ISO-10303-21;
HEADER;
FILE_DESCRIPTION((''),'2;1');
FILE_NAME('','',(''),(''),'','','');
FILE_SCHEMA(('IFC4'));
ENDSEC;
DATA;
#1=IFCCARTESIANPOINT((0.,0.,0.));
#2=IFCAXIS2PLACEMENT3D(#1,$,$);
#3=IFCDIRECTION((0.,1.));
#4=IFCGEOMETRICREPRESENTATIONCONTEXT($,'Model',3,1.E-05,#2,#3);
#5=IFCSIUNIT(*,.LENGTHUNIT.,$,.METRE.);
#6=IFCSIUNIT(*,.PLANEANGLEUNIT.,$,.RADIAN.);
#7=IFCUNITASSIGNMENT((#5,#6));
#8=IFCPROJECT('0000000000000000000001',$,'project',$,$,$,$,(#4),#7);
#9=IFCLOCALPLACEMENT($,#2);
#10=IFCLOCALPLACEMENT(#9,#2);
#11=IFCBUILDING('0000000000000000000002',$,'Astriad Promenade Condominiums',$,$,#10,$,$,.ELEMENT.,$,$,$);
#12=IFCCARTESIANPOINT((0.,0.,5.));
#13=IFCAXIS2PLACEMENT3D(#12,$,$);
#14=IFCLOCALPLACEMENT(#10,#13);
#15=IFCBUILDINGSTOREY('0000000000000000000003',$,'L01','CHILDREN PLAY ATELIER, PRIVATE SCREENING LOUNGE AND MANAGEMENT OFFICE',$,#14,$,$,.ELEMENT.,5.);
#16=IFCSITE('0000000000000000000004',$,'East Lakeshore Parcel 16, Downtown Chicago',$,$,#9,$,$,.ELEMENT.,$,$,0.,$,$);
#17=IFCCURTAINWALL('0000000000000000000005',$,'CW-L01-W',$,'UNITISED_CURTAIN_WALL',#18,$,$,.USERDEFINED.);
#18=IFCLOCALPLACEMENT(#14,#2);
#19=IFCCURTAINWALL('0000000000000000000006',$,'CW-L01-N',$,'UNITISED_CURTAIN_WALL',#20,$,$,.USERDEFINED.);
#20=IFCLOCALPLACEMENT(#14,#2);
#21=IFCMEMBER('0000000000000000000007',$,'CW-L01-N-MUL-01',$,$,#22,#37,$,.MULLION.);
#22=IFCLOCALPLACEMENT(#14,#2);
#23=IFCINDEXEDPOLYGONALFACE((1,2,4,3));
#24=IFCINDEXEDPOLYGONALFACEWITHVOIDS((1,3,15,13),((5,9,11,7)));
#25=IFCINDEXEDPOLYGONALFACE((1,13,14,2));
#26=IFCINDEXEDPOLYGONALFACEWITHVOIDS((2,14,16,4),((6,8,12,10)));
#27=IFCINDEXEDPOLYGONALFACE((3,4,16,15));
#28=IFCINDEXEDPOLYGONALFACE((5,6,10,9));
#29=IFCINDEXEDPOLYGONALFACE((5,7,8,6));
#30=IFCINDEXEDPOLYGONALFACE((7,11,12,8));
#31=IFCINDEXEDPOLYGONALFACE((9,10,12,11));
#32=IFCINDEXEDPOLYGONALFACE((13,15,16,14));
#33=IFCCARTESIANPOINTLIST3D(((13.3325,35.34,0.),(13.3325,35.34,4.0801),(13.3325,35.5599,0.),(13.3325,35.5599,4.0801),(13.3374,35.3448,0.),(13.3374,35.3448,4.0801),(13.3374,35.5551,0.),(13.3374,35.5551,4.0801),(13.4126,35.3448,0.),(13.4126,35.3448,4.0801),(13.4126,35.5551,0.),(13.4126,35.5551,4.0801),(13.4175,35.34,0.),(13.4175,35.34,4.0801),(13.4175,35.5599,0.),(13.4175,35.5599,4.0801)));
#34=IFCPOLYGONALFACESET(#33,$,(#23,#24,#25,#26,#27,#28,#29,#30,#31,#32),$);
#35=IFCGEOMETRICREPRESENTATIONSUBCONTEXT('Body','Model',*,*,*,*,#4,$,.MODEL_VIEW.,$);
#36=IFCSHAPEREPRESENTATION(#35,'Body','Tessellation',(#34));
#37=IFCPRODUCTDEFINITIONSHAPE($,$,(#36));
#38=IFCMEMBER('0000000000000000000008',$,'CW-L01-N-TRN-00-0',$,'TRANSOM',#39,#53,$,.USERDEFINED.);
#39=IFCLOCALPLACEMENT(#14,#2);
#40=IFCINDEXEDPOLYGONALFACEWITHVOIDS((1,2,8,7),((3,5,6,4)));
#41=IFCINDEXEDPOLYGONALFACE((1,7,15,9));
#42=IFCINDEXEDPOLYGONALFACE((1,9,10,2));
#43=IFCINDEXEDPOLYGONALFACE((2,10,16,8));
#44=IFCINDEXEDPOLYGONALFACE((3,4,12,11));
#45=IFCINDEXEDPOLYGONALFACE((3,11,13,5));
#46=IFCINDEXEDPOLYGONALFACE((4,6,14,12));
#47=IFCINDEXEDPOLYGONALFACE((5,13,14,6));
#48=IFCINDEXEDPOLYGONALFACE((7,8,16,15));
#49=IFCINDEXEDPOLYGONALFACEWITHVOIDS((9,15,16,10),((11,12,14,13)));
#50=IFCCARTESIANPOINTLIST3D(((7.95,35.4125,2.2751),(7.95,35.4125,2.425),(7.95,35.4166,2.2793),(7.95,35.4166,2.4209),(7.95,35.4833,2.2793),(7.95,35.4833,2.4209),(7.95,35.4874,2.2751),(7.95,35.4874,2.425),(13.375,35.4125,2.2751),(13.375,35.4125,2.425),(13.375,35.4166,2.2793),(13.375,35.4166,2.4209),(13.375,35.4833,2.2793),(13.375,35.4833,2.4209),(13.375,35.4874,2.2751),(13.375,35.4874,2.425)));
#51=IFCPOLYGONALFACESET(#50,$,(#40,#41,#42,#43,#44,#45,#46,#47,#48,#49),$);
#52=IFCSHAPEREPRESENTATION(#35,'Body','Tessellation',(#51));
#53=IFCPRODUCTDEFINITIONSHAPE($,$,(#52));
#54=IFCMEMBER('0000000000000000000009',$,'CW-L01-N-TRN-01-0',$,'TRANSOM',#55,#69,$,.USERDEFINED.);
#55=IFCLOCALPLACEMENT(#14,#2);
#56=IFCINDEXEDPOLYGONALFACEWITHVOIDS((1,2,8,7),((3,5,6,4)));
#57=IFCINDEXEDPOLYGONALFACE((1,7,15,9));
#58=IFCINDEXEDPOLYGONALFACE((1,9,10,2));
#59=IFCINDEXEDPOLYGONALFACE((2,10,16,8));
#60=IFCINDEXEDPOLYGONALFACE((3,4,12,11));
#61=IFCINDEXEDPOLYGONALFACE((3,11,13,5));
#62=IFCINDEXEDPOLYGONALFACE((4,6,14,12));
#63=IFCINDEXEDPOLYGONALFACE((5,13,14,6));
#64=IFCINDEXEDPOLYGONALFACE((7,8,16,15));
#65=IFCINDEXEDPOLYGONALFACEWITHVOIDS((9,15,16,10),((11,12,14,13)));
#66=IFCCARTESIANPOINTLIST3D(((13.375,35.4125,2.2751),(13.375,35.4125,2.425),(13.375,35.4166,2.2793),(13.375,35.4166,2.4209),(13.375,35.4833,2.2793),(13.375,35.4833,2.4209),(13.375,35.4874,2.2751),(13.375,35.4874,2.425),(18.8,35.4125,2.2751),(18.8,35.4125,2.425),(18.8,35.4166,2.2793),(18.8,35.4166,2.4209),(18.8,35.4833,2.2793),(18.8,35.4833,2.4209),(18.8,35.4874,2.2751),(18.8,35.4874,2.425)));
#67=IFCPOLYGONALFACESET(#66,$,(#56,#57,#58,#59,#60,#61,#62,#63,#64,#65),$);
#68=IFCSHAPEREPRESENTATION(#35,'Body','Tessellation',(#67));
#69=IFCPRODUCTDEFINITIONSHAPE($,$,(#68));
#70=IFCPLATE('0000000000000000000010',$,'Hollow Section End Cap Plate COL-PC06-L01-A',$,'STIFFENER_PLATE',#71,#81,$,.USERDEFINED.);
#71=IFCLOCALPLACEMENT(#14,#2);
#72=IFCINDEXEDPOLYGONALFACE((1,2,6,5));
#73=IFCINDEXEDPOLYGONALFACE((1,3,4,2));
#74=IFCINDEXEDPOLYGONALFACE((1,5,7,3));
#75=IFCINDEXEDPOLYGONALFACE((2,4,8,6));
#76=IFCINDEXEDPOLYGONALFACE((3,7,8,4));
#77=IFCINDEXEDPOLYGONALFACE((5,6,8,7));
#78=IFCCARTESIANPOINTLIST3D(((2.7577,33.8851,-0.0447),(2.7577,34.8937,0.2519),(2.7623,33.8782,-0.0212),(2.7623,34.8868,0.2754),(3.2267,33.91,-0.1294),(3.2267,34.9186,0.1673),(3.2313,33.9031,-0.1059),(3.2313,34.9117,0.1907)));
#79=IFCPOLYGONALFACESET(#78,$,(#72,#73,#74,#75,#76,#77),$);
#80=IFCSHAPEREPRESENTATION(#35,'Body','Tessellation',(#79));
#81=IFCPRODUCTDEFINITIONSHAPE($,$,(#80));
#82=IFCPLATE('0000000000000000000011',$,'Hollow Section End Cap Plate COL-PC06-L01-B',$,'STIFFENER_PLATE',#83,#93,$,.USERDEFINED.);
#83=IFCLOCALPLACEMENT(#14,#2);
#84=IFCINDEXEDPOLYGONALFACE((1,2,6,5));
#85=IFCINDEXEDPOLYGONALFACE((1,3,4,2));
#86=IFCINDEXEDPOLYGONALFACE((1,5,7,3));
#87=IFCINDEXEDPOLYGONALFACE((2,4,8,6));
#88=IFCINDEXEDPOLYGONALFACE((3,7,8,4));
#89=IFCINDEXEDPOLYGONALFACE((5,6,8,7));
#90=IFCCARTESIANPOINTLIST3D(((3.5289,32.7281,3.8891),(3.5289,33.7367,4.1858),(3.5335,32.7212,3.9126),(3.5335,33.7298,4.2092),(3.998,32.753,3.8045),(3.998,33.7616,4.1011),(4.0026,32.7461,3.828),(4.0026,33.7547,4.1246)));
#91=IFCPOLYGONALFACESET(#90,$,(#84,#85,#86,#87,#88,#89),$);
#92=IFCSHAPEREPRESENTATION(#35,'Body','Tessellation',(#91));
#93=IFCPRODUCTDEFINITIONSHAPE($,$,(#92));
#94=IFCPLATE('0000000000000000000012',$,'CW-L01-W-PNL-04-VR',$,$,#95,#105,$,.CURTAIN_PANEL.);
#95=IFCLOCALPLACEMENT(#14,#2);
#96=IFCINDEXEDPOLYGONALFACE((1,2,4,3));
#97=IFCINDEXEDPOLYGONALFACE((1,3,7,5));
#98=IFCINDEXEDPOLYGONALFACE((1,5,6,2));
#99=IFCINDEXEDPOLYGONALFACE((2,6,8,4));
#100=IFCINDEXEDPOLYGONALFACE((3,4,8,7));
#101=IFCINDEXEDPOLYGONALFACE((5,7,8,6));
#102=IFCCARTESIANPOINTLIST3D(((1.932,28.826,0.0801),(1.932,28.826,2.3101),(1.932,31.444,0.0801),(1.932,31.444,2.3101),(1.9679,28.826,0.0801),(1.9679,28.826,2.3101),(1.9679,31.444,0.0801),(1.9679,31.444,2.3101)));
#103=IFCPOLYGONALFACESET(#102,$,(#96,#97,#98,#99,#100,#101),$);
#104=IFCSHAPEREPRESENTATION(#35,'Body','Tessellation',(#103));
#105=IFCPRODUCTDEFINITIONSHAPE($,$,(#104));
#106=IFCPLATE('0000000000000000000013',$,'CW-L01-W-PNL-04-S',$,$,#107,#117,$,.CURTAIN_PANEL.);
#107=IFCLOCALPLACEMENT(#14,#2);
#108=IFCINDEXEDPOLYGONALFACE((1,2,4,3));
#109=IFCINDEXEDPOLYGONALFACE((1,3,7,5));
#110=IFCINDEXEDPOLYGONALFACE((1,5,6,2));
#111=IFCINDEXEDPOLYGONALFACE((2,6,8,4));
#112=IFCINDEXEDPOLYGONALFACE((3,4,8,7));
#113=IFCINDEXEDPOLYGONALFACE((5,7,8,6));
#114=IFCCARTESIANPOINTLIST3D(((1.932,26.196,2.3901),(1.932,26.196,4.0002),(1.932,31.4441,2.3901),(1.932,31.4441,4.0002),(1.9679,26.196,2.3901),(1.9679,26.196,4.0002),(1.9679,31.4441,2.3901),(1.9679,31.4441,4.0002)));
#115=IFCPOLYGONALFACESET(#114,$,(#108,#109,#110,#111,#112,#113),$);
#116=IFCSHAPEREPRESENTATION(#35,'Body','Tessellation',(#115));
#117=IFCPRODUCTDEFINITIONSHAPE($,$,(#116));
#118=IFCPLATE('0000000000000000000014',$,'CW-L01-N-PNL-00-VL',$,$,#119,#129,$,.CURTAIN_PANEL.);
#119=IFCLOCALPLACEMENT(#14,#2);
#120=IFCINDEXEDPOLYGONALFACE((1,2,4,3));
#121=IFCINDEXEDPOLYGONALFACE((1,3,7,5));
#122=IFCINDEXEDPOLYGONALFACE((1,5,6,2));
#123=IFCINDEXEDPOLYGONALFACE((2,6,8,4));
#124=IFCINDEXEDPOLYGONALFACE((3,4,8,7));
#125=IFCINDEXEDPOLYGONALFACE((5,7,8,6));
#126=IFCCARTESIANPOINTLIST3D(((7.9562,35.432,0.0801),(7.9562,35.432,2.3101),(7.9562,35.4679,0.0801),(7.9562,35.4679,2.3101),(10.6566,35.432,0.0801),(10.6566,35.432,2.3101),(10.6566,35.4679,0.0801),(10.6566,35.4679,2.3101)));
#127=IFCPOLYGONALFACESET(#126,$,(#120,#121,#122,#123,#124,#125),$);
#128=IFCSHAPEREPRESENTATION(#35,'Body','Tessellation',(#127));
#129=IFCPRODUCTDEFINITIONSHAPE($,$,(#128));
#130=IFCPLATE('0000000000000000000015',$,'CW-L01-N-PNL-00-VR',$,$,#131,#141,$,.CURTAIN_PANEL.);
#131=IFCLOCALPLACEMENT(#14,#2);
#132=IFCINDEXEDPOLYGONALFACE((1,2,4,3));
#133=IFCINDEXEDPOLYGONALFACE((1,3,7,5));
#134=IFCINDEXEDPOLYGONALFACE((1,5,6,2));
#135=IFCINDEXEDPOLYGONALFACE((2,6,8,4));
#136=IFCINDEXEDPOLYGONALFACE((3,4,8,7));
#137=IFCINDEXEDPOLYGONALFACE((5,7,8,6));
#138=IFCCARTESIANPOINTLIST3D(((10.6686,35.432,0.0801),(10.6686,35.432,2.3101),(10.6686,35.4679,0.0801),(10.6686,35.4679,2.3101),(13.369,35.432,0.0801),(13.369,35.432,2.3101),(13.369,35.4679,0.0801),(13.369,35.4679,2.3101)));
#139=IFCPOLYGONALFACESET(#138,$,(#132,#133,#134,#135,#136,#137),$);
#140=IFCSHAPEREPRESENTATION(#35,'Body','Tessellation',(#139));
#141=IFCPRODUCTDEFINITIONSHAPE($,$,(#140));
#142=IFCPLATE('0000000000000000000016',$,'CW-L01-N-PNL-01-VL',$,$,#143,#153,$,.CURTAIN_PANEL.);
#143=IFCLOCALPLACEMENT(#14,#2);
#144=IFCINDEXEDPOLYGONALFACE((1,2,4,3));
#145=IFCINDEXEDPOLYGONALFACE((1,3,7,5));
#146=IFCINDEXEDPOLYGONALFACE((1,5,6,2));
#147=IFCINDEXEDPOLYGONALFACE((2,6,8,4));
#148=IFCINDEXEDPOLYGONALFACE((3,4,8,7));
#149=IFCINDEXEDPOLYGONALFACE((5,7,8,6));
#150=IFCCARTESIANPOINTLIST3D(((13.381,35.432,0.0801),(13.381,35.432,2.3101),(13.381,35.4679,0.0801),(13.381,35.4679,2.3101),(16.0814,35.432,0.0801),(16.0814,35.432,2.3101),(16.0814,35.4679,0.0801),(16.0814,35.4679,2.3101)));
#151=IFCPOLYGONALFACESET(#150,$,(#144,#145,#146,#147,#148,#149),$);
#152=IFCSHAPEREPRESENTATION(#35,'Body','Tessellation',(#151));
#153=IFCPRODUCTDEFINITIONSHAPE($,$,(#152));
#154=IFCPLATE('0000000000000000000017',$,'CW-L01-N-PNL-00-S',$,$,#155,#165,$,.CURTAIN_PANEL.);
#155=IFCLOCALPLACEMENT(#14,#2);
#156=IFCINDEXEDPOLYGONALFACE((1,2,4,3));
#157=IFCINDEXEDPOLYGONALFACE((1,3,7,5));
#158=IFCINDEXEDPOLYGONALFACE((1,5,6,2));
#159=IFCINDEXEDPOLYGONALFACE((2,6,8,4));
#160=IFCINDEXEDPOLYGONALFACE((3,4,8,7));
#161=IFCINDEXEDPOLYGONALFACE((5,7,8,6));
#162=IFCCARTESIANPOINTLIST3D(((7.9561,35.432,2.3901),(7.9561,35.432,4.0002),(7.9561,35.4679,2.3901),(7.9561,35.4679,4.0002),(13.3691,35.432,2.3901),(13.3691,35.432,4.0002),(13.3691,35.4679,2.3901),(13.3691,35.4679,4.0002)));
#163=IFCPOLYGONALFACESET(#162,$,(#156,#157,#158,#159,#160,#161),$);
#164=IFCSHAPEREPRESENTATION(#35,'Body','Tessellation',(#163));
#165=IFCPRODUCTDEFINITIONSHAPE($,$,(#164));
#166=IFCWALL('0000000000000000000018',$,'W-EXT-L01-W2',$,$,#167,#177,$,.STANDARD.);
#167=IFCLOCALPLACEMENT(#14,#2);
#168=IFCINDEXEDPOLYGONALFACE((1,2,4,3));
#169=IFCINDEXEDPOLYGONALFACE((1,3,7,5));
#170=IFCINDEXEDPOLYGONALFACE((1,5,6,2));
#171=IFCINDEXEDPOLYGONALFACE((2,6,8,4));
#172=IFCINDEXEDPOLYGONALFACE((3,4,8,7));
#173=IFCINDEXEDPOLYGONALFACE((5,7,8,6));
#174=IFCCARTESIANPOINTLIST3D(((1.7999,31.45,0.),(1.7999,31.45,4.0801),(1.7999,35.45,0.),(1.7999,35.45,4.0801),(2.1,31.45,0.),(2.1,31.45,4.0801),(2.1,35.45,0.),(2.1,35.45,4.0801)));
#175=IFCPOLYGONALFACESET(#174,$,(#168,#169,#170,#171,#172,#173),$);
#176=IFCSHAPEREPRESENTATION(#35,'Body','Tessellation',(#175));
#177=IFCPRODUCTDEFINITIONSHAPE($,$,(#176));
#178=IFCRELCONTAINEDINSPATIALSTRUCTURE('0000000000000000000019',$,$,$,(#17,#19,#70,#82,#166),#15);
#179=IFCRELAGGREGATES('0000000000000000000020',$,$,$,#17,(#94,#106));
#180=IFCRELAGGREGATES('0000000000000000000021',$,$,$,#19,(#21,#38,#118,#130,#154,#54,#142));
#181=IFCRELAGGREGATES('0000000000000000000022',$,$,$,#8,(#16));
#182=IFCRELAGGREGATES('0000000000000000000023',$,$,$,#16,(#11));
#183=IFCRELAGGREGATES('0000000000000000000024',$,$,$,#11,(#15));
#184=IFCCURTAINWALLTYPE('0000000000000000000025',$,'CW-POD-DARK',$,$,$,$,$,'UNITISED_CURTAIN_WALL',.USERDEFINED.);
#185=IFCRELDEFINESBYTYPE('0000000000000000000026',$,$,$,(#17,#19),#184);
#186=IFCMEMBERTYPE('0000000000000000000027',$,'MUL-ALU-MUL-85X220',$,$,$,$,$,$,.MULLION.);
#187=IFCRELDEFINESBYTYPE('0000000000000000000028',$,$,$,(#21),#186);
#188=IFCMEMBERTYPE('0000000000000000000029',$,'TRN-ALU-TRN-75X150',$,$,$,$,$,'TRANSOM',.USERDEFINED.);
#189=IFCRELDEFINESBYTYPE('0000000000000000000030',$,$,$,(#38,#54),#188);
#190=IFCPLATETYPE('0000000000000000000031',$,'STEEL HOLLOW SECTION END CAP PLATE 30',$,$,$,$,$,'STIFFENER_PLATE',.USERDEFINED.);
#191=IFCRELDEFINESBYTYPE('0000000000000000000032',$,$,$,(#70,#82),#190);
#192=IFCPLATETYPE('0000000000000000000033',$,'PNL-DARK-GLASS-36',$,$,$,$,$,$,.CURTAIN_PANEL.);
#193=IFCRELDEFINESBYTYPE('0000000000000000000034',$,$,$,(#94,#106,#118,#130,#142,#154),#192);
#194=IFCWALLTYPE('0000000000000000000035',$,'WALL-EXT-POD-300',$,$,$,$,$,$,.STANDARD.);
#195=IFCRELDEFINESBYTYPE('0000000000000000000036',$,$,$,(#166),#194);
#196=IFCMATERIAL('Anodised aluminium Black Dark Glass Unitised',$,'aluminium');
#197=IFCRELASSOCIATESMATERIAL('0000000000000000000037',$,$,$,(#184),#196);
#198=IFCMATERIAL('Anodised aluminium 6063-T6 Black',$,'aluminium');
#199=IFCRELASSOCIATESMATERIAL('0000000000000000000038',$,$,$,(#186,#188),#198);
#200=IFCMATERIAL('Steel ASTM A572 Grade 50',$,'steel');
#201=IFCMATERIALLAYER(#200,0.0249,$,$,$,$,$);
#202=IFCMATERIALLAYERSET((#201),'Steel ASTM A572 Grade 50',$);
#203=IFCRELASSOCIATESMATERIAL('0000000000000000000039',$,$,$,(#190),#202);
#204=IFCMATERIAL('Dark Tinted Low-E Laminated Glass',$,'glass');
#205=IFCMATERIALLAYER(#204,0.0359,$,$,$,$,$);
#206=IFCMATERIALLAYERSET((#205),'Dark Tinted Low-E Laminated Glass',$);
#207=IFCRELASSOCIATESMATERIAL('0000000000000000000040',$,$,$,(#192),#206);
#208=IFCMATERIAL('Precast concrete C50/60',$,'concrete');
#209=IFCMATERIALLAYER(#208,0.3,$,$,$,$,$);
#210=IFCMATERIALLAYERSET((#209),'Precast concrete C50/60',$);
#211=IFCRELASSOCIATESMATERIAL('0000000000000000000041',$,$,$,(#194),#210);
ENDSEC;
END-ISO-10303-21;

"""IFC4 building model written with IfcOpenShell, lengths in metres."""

from ifc_helpers import new_model, si_unit, direction, frame, frame_2d, origin, origin_2d, place, context, subcontext, project, spatial, rectangle, hollow_rectangle, extrude, source, transform, mapped, material, layer, layer_set, material_profile, profile_set, type_object, type_shapes, element, aggregate, save


model = new_model("IFC4")

# Units and contexts
model_context = context("Model", 3, precision=1e-05, world=origin(), true_north=direction((0.0, 1.0)))
body_context = subcontext(model_context, "Body", "Model", "MODEL_VIEW")
ifc_project = project(units=[si_unit("LENGTHUNIT", "METRE"), si_unit("PLANEANGLEUNIT", "RADIAN")], contexts=[model_context])

# Site, building, storey
site_placement = place(None, origin())
site = spatial("IfcSite", under=ifc_project, at=site_placement, Name="East Lakeshore Parcel 16, Downtown Chicago", CompositionType="ELEMENT", RefElevation=0.0)
building_placement = place(site_placement, origin())
building = spatial("IfcBuilding", under=site, at=building_placement, Name="Astriad Promenade Condominiums", CompositionType="ELEMENT")
storey_placement = place(building_placement, frame((0.0, 0.0, 5.0)))
storey = spatial("IfcBuildingStorey", under=building, at=storey_placement, Name="L01", Description="CHILDREN PLAY ATELIER, PRIVATE SCREENING LOUNGE AND MANAGEMENT OFFICE", CompositionType="ELEMENT", Elevation=5.0)

# Curtain wall
ifc_material_1 = material(Name="Anodised aluminium Black Dark Glass Unitised", Category="aluminium")
curtain_wall_type = type_object("IfcCurtainWallType", Name="CW-POD-DARK", ElementType="UNITISED_CURTAIN_WALL", PredefinedType="USERDEFINED", material=ifc_material_1)
curtain_wall_1_placement = place(storey_placement, origin())
curtain_wall_1 = element("IfcCurtainWall", 1, at=curtain_wall_1_placement, inside=storey, type_object=curtain_wall_type, Name="CW-L01-W", ObjectType="UNITISED_CURTAIN_WALL", PredefinedType="USERDEFINED")
ifc_material_2 = material(Name="Anodised aluminium 6063-T6 Black", Category="aluminium")
ifc_material_profile_1 = material_profile(ifc_material_2, hollow_rectangle(XDim=0.085, YDim=0.22, WallThickness=0.0049, at=origin_2d()), Name="ALU-MUL-85X220")
ifc_profile_set_1 = profile_set([ifc_material_profile_1], Name="Anodised aluminium 6063-T6 Black")
member_type_1 = type_object("IfcMemberType", Name="MUL-ALU-MUL-85X220", PredefinedType="MULLION", material=ifc_profile_set_1)
shared_shape_1 = source(origin(), body_context, "Body", "SweptSolid", [
    extrude(hollow_rectangle(XDim=0.085, YDim=0.22, WallThickness=0.0049, at=origin_2d()), origin(), (0.0, 0.0, 1.0), 4.0801),
])
type_shapes(member_type_1, [shared_shape_1])

# Curtain wall, members
curtain_wall_2_placement = place(storey_placement, origin())
curtain_wall_2 = element("IfcCurtainWall", 2, at=curtain_wall_2_placement, inside=storey, type_object=curtain_wall_type, Name="CW-L01-N", ObjectType="UNITISED_CURTAIN_WALL", PredefinedType="USERDEFINED")
member_1_placement = place(storey_placement, frame((13.375, 35.45, 0.0), z_axis=(0.0, 0.0, 1.0), x_axis=(1.0, 0.0, 0.0)))
member_1 = element("IfcMember", 3, at=member_1_placement, type_object=member_type_1, Name="CW-L01-N-MUL-01", PredefinedType="MULLION", context=body_context, shape_type="MappedRepresentation", body=[
    mapped(shared_shape_1, transform((0.0, 0.0, 0.0), scale=1.0)),
])
ifc_material_profile_2 = material_profile(ifc_material_2, hollow_rectangle(XDim=0.075, YDim=0.1499, WallThickness=0.0042, at=origin_2d()), Name="ALU-TRN-75X150")
ifc_profile_set_2 = profile_set([ifc_material_profile_2], Name="Anodised aluminium 6063-T6 Black")
member_type_2 = type_object("IfcMemberType", Name="TRN-ALU-TRN-75X150", ElementType="TRANSOM", PredefinedType="USERDEFINED", material=ifc_profile_set_2)
shared_shape_2 = source(origin(), body_context, "Body", "SweptSolid", [
    extrude(hollow_rectangle(XDim=0.075, YDim=0.1499, WallThickness=0.0042, at=origin_2d()), origin(), (0.0, 0.0, 1.0), 5.425),
])
type_shapes(member_type_2, [shared_shape_2])
member_2_placement = place(storey_placement, frame((7.95, 35.45, 2.3501), z_axis=(1.0, 0.0, 0.0), x_axis=(0.0, 1.0, 0.0)))
member_2 = element("IfcMember", 4, at=member_2_placement, type_object=member_type_2, Name="CW-L01-N-TRN-00-0", ObjectType="TRANSOM", PredefinedType="USERDEFINED", context=body_context, shape_type="MappedRepresentation", body=[
    mapped(shared_shape_2, transform((0.0, 0.0, 0.0), scale=1.0)),
])
member_3_placement = place(storey_placement, frame((13.375, 35.45, 2.3501), z_axis=(1.0, 0.0, 0.0), x_axis=(0.0, 1.0, 0.0)))
member_3 = element("IfcMember", 5, at=member_3_placement, type_object=member_type_2, Name="CW-L01-N-TRN-01-0", ObjectType="TRANSOM", PredefinedType="USERDEFINED", context=body_context, shape_type="MappedRepresentation", body=[
    mapped(shared_shape_2, transform((0.0, 0.0, 0.0), scale=1.0)),
])

# Plates
ifc_material_3 = material(Name="Steel ASTM A572 Grade 50", Category="steel")
ifc_layer_1 = layer(ifc_material_3, 0.0249)
ifc_layer_set_1 = layer_set([ifc_layer_1], Name="Steel ASTM A572 Grade 50")
plate_type_1 = type_object("IfcPlateType", Name="STEEL HOLLOW SECTION END CAP PLATE 30", ElementType="STIFFENER_PLATE", PredefinedType="USERDEFINED", material=ifc_layer_set_1)
shared_shape_3 = source(origin(), body_context, "Body", "SweptSolid", [
    extrude(rectangle(XDim=0.4773, YDim=1.0513, at=origin_2d()), origin(), (0.0, 0.0, 1.0), 0.0249),
])
type_shapes(plate_type_1, [shared_shape_3])
for number, where, z_axis, x_axis, name in (
    (6, (2.9922, 34.4019, 0.0613), (0.184891, -0.277288, 0.942829), (1.0, 0.0, 0.0), "Hollow Section End Cap Plate COL-PC06-L01-A"),
    (7, (3.7634, 33.2449, 3.9951), (0.184891, -0.277288, 0.942829), (1.0, 0.0, 0.0), "Hollow Section End Cap Plate COL-PC06-L01-B"),
):
    element("IfcPlate", number, at=place(storey_placement, frame(where, z_axis=z_axis, x_axis=x_axis)), inside=storey, type_object=plate_type_1, Name=name, ObjectType="STIFFENER_PLATE", PredefinedType="USERDEFINED", context=body_context, shape_type="MappedRepresentation", body=[
        mapped(shared_shape_3, transform((0.0, 0.0, 0.0), scale=1.0)),
    ])

# Plates
ifc_material_4 = material(Name="Dark Tinted Low-E Laminated Glass", Category="glass")
ifc_layer_2 = layer(ifc_material_4, 0.0359)
ifc_layer_set_2 = layer_set([ifc_layer_2], Name="Dark Tinted Low-E Laminated Glass")
plate_type_2 = type_object("IfcPlateType", Name="PNL-DARK-GLASS-36", PredefinedType="CURTAIN_PANEL", material=ifc_layer_set_2)
shared_shape_4 = source(origin(), body_context, "Body", "SweptSolid", [
    extrude(rectangle(XDim=2.6179, YDim=0.0359, at=origin_2d()), origin(), (0.0, 0.0, 1.0), 2.23),
])
plate_1_placement = place(storey_placement, frame((1.95, 30.135, 0.0801), z_axis=(0.0, 0.0, 1.0), x_axis=(0.0, 1.0, 0.0)))
plate_1 = element("IfcPlate", 8, at=plate_1_placement, type_object=plate_type_2, Name="CW-L01-W-PNL-04-VR", PredefinedType="CURTAIN_PANEL", context=body_context, shape_type="MappedRepresentation", body=[
    mapped(shared_shape_4, transform((0.0, 0.0, 0.0), scale=1.0)),
])
shared_shape_5 = source(origin(), body_context, "Body", "SweptSolid", [
    extrude(rectangle(XDim=5.248, YDim=0.0359, at=origin_2d()), origin(), (0.0, 0.0, 1.0), 1.6101),
])
plate_2_placement = place(storey_placement, frame((1.95, 28.8201, 2.3901), z_axis=(0.0, 0.0, 1.0), x_axis=(0.0, 1.0, 0.0)))
plate_2 = element("IfcPlate", 9, at=plate_2_placement, type_object=plate_type_2, Name="CW-L01-W-PNL-04-S", PredefinedType="CURTAIN_PANEL", context=body_context, shape_type="MappedRepresentation", body=[
    mapped(shared_shape_5, transform((0.0, 0.0, 0.0), scale=1.0)),
])
aggregate(curtain_wall_1, [plate_1, plate_2])
shared_shape_6 = source(origin(), body_context, "Body", "SweptSolid", [
    extrude(rectangle(XDim=2.7004, YDim=0.0359, at=origin_2d()), origin(), (0.0, 0.0, 1.0), 2.23),
])
plate_3_placement = place(storey_placement, frame((9.3064, 35.45, 0.0801), z_axis=(0.0, 0.0, 1.0), x_axis=(1.0, 0.0, 0.0)))
plate_3 = element("IfcPlate", 10, at=plate_3_placement, type_object=plate_type_2, Name="CW-L01-N-PNL-00-VL", PredefinedType="CURTAIN_PANEL", context=body_context, shape_type="MappedRepresentation", body=[
    mapped(shared_shape_6, transform((0.0, 0.0, 0.0), scale=1.0)),
])
plate_4_placement = place(storey_placement, frame((12.0188, 35.45, 0.0801), z_axis=(0.0, 0.0, 1.0), x_axis=(1.0, 0.0, 0.0)))
plate_4 = element("IfcPlate", 11, at=plate_4_placement, type_object=plate_type_2, Name="CW-L01-N-PNL-00-VR", PredefinedType="CURTAIN_PANEL", context=body_context, shape_type="MappedRepresentation", body=[
    mapped(shared_shape_6, transform((0.0, 0.0, 0.0), scale=1.0)),
])
plate_5_placement = place(storey_placement, frame((14.7312, 35.45, 0.0801), z_axis=(0.0, 0.0, 1.0), x_axis=(1.0, 0.0, 0.0)))
plate_5 = element("IfcPlate", 12, at=plate_5_placement, type_object=plate_type_2, Name="CW-L01-N-PNL-01-VL", PredefinedType="CURTAIN_PANEL", context=body_context, shape_type="MappedRepresentation", body=[
    mapped(shared_shape_6, transform((0.0, 0.0, 0.0), scale=1.0)),
])
shared_shape_7 = source(origin(), body_context, "Body", "SweptSolid", [
    extrude(rectangle(XDim=5.4131, YDim=0.0359, at=origin_2d()), origin(), (0.0, 0.0, 1.0), 1.6101),
])
type_shapes(plate_type_2, [shared_shape_4, shared_shape_5, shared_shape_6, shared_shape_7])
plate_6_placement = place(storey_placement, frame((10.6626, 35.45, 2.3901), z_axis=(0.0, 0.0, 1.0), x_axis=(1.0, 0.0, 0.0)))
plate_6 = element("IfcPlate", 13, at=plate_6_placement, type_object=plate_type_2, Name="CW-L01-N-PNL-00-S", PredefinedType="CURTAIN_PANEL", context=body_context, shape_type="MappedRepresentation", body=[
    mapped(shared_shape_7, transform((0.0, 0.0, 0.0), scale=1.0)),
])
aggregate(curtain_wall_2, [member_1, member_2, plate_3, plate_4, plate_6, member_3, plate_5])

# Wall
ifc_material_5 = material(Name="Precast concrete C50/60", Category="concrete")
ifc_layer_3 = layer(ifc_material_5, 0.3)
ifc_layer_set_3 = layer_set([ifc_layer_3], Name="Precast concrete C50/60")
wall_type_1 = type_object("IfcWallType", Name="WALL-EXT-POD-300", PredefinedType="STANDARD", material=ifc_layer_set_3)
wall_1_placement = place(storey_placement, frame((1.95, 31.45, 0.0), z_axis=(0.0, 0.0, 1.0), x_axis=(0.0, 1.0, 0.0)))
element("IfcWall", 14, at=wall_1_placement, inside=storey, type_object=wall_type_1, Name="W-EXT-L01-W2", PredefinedType="STANDARD", context=body_context, shape_type="SweptSolid", body=[
    extrude(rectangle(XDim=4.0, YDim=0.3, at=frame_2d((2.0, 0.0))), origin(), (0.0, 0.0, 1.0), 4.0801),
])

save(model, "model.ifc")
